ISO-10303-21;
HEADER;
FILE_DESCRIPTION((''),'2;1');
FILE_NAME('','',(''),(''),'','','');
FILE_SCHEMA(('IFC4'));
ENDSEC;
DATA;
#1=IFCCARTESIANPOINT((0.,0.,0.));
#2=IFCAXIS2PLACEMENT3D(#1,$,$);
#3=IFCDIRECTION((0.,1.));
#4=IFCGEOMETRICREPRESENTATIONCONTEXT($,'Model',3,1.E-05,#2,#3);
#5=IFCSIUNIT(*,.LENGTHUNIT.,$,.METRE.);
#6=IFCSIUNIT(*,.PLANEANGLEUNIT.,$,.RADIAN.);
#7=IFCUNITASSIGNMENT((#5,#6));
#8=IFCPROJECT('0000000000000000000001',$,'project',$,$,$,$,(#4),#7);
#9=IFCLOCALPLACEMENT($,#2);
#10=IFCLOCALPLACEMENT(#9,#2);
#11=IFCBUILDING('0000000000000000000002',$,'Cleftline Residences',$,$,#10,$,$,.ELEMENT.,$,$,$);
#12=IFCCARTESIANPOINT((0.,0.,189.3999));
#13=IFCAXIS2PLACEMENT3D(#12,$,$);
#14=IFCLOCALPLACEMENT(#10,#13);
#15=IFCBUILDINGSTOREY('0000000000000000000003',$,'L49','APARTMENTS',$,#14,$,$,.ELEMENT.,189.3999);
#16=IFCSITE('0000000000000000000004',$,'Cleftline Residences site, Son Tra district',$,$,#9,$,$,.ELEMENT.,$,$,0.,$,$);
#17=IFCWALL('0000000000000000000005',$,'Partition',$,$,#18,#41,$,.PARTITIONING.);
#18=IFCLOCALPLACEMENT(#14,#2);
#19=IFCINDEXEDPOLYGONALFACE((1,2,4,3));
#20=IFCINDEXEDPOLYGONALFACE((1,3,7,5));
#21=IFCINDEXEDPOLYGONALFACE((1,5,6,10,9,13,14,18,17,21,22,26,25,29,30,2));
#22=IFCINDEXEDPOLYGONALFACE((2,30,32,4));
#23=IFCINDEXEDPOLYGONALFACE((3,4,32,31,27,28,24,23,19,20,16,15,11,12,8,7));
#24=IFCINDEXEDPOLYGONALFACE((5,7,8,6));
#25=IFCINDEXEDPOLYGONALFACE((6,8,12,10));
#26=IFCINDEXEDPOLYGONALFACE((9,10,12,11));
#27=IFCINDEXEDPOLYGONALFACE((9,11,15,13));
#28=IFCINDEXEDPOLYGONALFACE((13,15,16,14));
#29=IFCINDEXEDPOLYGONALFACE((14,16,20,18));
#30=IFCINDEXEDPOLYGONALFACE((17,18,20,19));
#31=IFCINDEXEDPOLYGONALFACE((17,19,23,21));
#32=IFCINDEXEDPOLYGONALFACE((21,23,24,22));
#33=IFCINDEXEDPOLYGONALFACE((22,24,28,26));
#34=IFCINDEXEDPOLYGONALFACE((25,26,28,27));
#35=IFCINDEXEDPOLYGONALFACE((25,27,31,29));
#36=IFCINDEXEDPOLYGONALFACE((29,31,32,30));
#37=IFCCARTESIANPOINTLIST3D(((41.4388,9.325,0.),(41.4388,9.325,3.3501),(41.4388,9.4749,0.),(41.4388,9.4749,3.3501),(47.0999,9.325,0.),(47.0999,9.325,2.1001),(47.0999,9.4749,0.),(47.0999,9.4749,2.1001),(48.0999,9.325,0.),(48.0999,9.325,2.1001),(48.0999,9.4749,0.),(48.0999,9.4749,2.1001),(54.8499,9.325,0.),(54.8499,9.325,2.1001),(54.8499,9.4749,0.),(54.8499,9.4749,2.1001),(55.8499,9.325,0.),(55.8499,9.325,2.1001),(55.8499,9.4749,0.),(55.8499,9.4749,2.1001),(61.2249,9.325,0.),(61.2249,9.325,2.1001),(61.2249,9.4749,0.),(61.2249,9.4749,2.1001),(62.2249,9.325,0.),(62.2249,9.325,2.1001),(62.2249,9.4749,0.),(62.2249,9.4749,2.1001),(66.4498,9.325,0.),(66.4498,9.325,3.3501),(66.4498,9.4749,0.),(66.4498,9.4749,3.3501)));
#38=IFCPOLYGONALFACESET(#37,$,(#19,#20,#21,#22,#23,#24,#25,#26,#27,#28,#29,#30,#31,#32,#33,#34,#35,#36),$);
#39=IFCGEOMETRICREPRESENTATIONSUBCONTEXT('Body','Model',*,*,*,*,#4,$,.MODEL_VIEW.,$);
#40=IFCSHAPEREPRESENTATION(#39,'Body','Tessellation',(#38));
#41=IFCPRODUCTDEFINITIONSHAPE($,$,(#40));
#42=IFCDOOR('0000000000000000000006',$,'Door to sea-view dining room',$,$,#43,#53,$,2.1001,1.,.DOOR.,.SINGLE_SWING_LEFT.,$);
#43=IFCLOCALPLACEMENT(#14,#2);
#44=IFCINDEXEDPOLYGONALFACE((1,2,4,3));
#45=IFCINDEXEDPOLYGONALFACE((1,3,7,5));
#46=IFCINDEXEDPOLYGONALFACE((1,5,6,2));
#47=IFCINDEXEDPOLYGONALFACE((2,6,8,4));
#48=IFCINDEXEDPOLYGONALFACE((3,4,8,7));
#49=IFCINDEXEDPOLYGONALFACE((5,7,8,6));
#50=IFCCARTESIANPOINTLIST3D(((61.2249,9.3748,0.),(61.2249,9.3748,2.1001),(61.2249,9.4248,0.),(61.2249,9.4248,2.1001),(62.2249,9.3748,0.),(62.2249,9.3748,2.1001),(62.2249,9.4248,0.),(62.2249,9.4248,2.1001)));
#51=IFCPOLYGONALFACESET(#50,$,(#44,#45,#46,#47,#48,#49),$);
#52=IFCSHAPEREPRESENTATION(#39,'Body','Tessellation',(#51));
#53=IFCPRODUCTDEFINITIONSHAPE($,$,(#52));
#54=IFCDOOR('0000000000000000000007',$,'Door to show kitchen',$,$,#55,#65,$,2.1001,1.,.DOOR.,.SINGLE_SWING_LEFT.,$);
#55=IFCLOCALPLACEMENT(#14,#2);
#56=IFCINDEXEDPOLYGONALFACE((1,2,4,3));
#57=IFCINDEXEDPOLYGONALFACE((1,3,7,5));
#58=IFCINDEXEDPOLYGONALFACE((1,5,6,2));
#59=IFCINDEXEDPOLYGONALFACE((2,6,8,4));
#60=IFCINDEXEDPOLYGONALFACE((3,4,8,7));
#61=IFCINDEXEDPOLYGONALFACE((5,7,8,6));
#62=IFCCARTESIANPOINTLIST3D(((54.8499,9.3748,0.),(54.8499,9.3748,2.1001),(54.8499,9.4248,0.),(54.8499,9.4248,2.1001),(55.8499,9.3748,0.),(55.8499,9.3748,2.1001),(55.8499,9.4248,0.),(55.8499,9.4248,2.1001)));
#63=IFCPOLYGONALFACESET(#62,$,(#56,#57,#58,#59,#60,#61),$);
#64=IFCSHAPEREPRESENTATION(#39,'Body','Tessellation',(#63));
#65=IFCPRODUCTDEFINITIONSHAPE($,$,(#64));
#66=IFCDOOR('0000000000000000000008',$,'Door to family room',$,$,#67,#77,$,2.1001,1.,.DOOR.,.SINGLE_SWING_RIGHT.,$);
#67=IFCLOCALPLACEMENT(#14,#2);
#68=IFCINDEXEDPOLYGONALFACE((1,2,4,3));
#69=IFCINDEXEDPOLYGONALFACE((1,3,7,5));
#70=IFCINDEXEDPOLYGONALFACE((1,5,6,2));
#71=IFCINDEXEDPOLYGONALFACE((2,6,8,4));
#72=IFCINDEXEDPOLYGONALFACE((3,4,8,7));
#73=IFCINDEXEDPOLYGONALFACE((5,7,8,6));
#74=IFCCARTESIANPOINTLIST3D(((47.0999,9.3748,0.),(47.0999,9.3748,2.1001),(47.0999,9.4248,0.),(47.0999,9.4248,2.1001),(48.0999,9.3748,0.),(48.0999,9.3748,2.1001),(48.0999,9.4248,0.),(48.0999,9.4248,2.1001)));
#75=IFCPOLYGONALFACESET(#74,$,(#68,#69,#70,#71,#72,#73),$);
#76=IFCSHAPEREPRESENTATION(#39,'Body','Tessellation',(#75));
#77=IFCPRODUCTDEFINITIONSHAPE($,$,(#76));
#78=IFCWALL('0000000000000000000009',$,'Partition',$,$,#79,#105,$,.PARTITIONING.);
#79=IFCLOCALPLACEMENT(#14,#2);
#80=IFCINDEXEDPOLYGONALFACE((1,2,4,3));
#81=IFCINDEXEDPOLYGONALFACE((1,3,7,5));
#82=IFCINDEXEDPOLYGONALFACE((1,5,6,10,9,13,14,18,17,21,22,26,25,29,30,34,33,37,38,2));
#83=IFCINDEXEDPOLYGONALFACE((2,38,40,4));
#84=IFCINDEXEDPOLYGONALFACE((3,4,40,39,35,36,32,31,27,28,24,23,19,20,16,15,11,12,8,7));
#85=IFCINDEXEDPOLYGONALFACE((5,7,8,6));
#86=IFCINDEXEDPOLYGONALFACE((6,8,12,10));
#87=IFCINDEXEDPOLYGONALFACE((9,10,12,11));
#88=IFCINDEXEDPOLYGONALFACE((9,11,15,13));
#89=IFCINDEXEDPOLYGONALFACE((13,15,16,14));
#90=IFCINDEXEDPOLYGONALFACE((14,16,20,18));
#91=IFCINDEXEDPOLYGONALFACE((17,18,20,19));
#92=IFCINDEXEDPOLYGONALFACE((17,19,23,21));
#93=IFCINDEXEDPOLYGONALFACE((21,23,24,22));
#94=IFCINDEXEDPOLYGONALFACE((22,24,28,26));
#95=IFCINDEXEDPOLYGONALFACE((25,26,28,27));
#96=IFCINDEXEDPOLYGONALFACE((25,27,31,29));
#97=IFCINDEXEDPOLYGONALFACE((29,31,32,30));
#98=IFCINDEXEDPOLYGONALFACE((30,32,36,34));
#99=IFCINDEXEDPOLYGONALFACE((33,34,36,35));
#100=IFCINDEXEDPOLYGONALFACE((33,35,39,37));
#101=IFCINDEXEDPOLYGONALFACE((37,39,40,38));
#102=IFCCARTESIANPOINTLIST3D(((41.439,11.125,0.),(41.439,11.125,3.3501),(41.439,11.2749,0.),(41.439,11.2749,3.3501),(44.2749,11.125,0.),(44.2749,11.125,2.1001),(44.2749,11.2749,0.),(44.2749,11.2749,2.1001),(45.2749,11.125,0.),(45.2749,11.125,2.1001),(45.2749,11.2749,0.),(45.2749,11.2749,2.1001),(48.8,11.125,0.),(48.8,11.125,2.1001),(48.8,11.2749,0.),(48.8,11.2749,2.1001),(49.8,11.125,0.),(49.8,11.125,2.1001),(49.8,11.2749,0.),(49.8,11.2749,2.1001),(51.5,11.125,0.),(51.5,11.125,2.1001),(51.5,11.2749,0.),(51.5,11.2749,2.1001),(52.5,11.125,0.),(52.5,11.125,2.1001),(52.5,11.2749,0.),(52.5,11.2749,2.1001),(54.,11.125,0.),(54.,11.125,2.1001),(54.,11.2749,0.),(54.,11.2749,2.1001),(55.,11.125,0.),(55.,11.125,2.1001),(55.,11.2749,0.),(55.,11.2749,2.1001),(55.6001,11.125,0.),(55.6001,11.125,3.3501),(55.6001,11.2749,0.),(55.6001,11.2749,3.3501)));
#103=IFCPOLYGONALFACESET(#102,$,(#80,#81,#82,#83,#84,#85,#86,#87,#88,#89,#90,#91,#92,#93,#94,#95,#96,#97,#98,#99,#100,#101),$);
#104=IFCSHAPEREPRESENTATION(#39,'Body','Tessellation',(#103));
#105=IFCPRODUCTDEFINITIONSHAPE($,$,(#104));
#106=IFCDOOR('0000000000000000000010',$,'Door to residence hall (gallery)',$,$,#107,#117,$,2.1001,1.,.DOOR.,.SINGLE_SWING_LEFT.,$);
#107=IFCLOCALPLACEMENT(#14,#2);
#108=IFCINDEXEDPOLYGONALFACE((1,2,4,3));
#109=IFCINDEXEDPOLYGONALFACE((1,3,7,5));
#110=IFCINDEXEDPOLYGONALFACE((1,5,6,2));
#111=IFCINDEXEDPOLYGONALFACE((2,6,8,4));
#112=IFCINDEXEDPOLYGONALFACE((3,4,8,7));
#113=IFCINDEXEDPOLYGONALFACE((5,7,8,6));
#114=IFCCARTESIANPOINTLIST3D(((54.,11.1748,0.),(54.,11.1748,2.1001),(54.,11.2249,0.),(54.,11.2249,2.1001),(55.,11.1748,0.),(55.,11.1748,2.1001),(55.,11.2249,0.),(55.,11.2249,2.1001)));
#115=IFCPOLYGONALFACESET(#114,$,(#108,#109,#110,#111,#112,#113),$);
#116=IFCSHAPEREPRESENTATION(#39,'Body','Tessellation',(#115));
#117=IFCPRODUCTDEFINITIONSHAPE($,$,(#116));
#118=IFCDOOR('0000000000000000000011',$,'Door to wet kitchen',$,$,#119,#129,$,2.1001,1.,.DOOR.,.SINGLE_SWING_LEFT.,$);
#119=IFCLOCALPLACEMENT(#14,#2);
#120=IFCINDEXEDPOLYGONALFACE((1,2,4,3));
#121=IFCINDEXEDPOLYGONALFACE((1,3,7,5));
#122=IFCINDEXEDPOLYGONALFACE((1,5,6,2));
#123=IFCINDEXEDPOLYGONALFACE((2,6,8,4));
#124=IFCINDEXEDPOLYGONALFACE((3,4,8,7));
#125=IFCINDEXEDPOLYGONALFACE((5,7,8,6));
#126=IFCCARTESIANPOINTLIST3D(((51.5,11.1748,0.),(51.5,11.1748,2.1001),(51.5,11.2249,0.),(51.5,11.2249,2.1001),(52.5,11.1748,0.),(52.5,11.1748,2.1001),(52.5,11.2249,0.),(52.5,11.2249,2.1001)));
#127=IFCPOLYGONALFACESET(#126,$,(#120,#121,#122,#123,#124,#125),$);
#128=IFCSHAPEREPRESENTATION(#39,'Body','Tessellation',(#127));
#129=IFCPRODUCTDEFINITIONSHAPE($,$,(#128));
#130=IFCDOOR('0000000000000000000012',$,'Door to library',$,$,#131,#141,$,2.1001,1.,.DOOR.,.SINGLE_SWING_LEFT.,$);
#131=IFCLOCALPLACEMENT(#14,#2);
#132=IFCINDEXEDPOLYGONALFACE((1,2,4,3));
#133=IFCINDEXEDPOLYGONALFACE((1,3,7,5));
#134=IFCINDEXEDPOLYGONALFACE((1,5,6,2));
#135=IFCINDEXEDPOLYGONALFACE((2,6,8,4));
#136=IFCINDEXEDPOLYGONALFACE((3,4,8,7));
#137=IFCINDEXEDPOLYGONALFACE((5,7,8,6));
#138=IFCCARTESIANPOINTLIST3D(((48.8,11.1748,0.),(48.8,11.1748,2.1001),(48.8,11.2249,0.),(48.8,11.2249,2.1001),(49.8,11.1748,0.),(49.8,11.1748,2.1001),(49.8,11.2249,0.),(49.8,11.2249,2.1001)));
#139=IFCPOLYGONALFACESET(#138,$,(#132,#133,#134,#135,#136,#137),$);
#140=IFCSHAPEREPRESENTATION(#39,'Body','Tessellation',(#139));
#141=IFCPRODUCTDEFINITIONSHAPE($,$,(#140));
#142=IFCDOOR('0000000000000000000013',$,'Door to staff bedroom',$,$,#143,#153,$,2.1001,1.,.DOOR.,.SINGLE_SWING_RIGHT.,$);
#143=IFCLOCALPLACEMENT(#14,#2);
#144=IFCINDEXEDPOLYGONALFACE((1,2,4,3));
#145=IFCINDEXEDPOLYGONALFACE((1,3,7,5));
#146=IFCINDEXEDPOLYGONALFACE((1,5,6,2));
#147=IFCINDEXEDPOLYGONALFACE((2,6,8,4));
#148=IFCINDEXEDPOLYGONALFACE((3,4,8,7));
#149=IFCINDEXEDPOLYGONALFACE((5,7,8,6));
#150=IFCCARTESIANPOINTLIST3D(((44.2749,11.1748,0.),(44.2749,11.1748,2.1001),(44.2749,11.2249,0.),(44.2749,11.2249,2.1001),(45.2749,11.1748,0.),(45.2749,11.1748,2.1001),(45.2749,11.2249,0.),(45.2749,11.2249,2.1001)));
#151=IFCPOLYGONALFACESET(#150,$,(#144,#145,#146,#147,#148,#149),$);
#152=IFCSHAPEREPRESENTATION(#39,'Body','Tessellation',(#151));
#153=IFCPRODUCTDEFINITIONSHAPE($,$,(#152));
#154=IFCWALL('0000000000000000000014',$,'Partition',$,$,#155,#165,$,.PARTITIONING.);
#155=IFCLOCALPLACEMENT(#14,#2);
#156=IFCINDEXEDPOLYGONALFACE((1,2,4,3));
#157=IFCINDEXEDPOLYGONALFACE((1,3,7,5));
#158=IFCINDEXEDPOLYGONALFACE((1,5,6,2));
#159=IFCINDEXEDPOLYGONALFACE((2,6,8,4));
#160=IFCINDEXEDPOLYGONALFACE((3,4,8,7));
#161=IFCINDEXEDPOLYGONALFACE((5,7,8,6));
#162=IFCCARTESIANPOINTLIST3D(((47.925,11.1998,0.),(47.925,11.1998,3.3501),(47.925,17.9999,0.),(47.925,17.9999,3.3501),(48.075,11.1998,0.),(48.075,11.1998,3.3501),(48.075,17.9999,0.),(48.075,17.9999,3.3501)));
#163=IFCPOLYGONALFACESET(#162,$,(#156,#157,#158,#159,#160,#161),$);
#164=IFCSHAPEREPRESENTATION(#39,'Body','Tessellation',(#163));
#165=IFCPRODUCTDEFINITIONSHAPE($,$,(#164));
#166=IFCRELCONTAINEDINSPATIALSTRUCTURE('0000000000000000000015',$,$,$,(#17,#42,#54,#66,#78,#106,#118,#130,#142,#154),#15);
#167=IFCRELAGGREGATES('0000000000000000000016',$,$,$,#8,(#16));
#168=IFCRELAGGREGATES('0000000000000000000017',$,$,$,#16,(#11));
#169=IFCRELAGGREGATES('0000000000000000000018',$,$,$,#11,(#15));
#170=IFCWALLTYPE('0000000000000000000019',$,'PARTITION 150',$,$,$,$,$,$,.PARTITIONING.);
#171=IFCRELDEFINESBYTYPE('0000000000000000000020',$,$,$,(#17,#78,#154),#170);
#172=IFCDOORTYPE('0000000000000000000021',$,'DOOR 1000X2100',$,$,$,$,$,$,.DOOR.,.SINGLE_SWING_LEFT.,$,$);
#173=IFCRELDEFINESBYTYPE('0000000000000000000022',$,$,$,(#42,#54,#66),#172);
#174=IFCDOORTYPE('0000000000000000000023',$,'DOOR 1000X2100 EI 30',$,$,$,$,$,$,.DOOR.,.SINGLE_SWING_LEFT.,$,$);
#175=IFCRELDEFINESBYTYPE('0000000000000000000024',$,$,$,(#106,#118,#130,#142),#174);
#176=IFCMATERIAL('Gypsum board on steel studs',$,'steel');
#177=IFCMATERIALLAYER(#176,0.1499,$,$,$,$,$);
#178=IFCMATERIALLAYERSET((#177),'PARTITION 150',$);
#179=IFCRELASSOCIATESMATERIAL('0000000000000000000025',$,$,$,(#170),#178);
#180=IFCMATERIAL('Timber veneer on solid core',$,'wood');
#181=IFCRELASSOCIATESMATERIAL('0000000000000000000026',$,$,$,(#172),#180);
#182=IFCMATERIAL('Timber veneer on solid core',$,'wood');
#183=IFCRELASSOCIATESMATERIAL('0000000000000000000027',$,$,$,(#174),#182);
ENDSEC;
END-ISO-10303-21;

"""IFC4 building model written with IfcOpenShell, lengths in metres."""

from ifc_helpers import new_model, si_unit, direction, frame, frame_2d, origin, place, context, subcontext, project, spatial, rectangle, extrude, material, layer, layer_set, type_object, element, fill, save


model = new_model("IFC4")

# Units and contexts
model_context = context("Model", 3, precision=1e-05, world=origin(), true_north=direction((0.0, 1.0)))
body_context = subcontext(model_context, "Body", "Model", "MODEL_VIEW")
ifc_project = project(units=[si_unit("LENGTHUNIT", "METRE"), si_unit("PLANEANGLEUNIT", "RADIAN")], contexts=[model_context])

# Site, building, storey
site_placement = place(None, origin())
site = spatial("IfcSite", under=ifc_project, at=site_placement, Name="Cleftline Residences site, Son Tra district", CompositionType="ELEMENT", RefElevation=0.0)
building_placement = place(site_placement, origin())
building = spatial("IfcBuilding", under=site, at=building_placement, Name="Cleftline Residences", CompositionType="ELEMENT")
storey_placement = place(building_placement, frame((0.0, 0.0, 189.3999)))
storey = spatial("IfcBuildingStorey", under=building, at=storey_placement, Name="L49", Description="APARTMENTS", CompositionType="ELEMENT", Elevation=189.3999)

# Walls, openings, doors
ifc_material_1 = material(Name="Gypsum board on steel studs", Category="steel")
ifc_layer_1 = layer(ifc_material_1, 0.1499)
ifc_layer_set_1 = layer_set([ifc_layer_1], Name="PARTITION 150")
wall_type = type_object("IfcWallType", Name="PARTITION 150", PredefinedType="PARTITIONING", material=ifc_layer_set_1)
wall_1_placement = place(storey_placement, frame((41.439, 9.3999, 0.0), z_axis=(0.0, 0.0, 1.0), x_axis=(1.0, 0.0, 0.0)))
wall_1 = element("IfcWall", 1, at=wall_1_placement, inside=storey, type_object=wall_type, Name="Partition", PredefinedType="PARTITIONING", context=body_context, shape_type="SweptSolid", body=[
    extrude(rectangle(XDim=25.011, YDim=0.1499, at=frame_2d((12.5054, 0.0))), origin(), (0.0, 0.0, 1.0), 3.3501),
])
opening_1_placement = place(wall_1_placement, frame((19.7859, 0.0, 0.0)))
opening_1 = element("IfcOpeningElement", 2, at=opening_1_placement, cuts=wall_1, PredefinedType="OPENING", context=body_context, shape_type="SweptSolid", body=[
    extrude(rectangle(XDim=1.0, YDim=2.1001, at=frame_2d((0.5, 1.05))), frame((0.0, 0.085, 0.0), z_axis=(0.0, -1.0, 0.0), x_axis=(1.0, 0.0, 0.0)), (0.0, 0.0, 1.0), 0.1699),
])
opening_2_placement = place(wall_1_placement, frame((13.4109, 0.0, 0.0)))
opening_2 = element("IfcOpeningElement", 3, at=opening_2_placement, cuts=wall_1, PredefinedType="OPENING", context=body_context, shape_type="SweptSolid", body=[
    extrude(rectangle(XDim=1.0, YDim=2.1001, at=frame_2d((0.5, 1.05))), frame((0.0, 0.085, 0.0), z_axis=(0.0, -1.0, 0.0), x_axis=(1.0, 0.0, 0.0)), (0.0, 0.0, 1.0), 0.1699),
])
opening_3_placement = place(wall_1_placement, frame((5.6609, 0.0, 0.0)))
opening_3 = element("IfcOpeningElement", 4, at=opening_3_placement, cuts=wall_1, PredefinedType="OPENING", context=body_context, shape_type="SweptSolid", body=[
    extrude(rectangle(XDim=1.0, YDim=2.1001, at=frame_2d((0.5, 1.05))), frame((0.0, 0.085, 0.0), z_axis=(0.0, -1.0, 0.0), x_axis=(1.0, 0.0, 0.0)), (0.0, 0.0, 1.0), 0.1699),
])
ifc_material_2 = material(Name="Timber veneer on solid core", Category="wood")
door_type_1 = type_object("IfcDoorType", Name="DOOR 1000X2100", OperationType="SINGLE_SWING_LEFT", PredefinedType="DOOR", material=ifc_material_2)
door_1_placement = place(opening_1_placement, origin())
door_1 = element("IfcDoor", 5, at=door_1_placement, inside=storey, type_object=door_type_1, Name="Door to sea-view dining room", OperationType="SINGLE_SWING_LEFT", OverallHeight=2.1001, OverallWidth=1.0, PredefinedType="DOOR", context=body_context, shape_type="SweptSolid", body=[
    extrude(rectangle(XDim=1.0, YDim=2.1001, at=frame_2d((0.5, 1.05))), frame((0.0, 0.0249, 0.0), z_axis=(0.0, -1.0, 0.0), x_axis=(1.0, 0.0, 0.0)), (0.0, 0.0, 1.0), 0.05),
])
fill(opening_1, door_1)
door_2_placement = place(opening_2_placement, origin())
door_2 = element("IfcDoor", 6, at=door_2_placement, inside=storey, type_object=door_type_1, Name="Door to show kitchen", OperationType="SINGLE_SWING_LEFT", OverallHeight=2.1001, OverallWidth=1.0, PredefinedType="DOOR", context=body_context, shape_type="SweptSolid", body=[
    extrude(rectangle(XDim=1.0, YDim=2.1001, at=frame_2d((0.5, 1.05))), frame((0.0, 0.0249, 0.0), z_axis=(0.0, -1.0, 0.0), x_axis=(1.0, 0.0, 0.0)), (0.0, 0.0, 1.0), 0.05),
])
fill(opening_2, door_2)
door_3_placement = place(opening_3_placement, origin())
door_3 = element("IfcDoor", 7, at=door_3_placement, inside=storey, type_object=door_type_1, Name="Door to family room", OperationType="SINGLE_SWING_RIGHT", OverallHeight=2.1001, OverallWidth=1.0, PredefinedType="DOOR", context=body_context, shape_type="SweptSolid", body=[
    extrude(rectangle(XDim=1.0, YDim=2.1001, at=frame_2d((0.5, 1.05))), frame((0.0, 0.0249, 0.0), z_axis=(0.0, -1.0, 0.0), x_axis=(1.0, 0.0, 0.0)), (0.0, 0.0, 1.0), 0.05),
])
fill(opening_3, door_3)
wall_2_placement = place(storey_placement, frame((41.439, 11.2, 0.0), z_axis=(0.0, 0.0, 1.0), x_axis=(1.0, 0.0, 0.0)))
wall_2 = element("IfcWall", 8, at=wall_2_placement, inside=storey, type_object=wall_type, Name="Partition", PredefinedType="PARTITIONING", context=body_context, shape_type="SweptSolid", body=[
    extrude(rectangle(XDim=14.1611, YDim=0.1499, at=frame_2d((7.0806, 0.0))), origin(), (0.0, 0.0, 1.0), 3.3501),
])
opening_4_placement = place(wall_2_placement, frame((12.561, 0.0, 0.0)))
opening_4 = element("IfcOpeningElement", 9, at=opening_4_placement, cuts=wall_2, PredefinedType="OPENING", context=body_context, shape_type="SweptSolid", body=[
    extrude(rectangle(XDim=1.0, YDim=2.1001, at=frame_2d((0.5, 1.05))), frame((0.0, 0.085, 0.0), z_axis=(0.0, -1.0, 0.0), x_axis=(1.0, 0.0, 0.0)), (0.0, 0.0, 1.0), 0.1699),
])
opening_5_placement = place(wall_2_placement, frame((10.061, 0.0, 0.0)))
opening_5 = element("IfcOpeningElement", 10, at=opening_5_placement, cuts=wall_2, PredefinedType="OPENING", context=body_context, shape_type="SweptSolid", body=[
    extrude(rectangle(XDim=1.0, YDim=2.1001, at=frame_2d((0.5, 1.05))), frame((0.0, 0.085, 0.0), z_axis=(0.0, -1.0, 0.0), x_axis=(1.0, 0.0, 0.0)), (0.0, 0.0, 1.0), 0.1699),
])
opening_6_placement = place(wall_2_placement, frame((7.3611, 0.0, 0.0)))
opening_6 = element("IfcOpeningElement", 11, at=opening_6_placement, cuts=wall_2, PredefinedType="OPENING", context=body_context, shape_type="SweptSolid", body=[
    extrude(rectangle(XDim=1.0, YDim=2.1001, at=frame_2d((0.5, 1.05))), frame((0.0, 0.085, 0.0), z_axis=(0.0, -1.0, 0.0), x_axis=(1.0, 0.0, 0.0)), (0.0, 0.0, 1.0), 0.1699),
])
opening_7_placement = place(wall_2_placement, frame((2.8359, 0.0, 0.0)))
opening_7 = element("IfcOpeningElement", 12, at=opening_7_placement, cuts=wall_2, PredefinedType="OPENING", context=body_context, shape_type="SweptSolid", body=[
    extrude(rectangle(XDim=1.0, YDim=2.1001, at=frame_2d((0.5, 1.05))), frame((0.0, 0.085, 0.0), z_axis=(0.0, -1.0, 0.0), x_axis=(1.0, 0.0, 0.0)), (0.0, 0.0, 1.0), 0.1699),
])
ifc_material_3 = material(Name="Timber veneer on solid core", Category="wood")
door_type_2 = type_object("IfcDoorType", Name="DOOR 1000X2100 EI 30", OperationType="SINGLE_SWING_LEFT", PredefinedType="DOOR", material=ifc_material_3)
door_4_placement = place(opening_4_placement, origin())
door_4 = element("IfcDoor", 13, at=door_4_placement, inside=storey, type_object=door_type_2, Name="Door to residence hall (gallery)", OperationType="SINGLE_SWING_LEFT", OverallHeight=2.1001, OverallWidth=1.0, PredefinedType="DOOR", context=body_context, shape_type="SweptSolid", body=[
    extrude(rectangle(XDim=1.0, YDim=2.1001, at=frame_2d((0.5, 1.05))), frame((0.0, 0.0249, 0.0), z_axis=(0.0, -1.0, 0.0), x_axis=(1.0, 0.0, 0.0)), (0.0, 0.0, 1.0), 0.05),
])
fill(opening_4, door_4)
door_5_placement = place(opening_5_placement, origin())
door_5 = element("IfcDoor", 14, at=door_5_placement, inside=storey, type_object=door_type_2, Name="Door to wet kitchen", OperationType="SINGLE_SWING_LEFT", OverallHeight=2.1001, OverallWidth=1.0, PredefinedType="DOOR", context=body_context, shape_type="SweptSolid", body=[
    extrude(rectangle(XDim=1.0, YDim=2.1001, at=frame_2d((0.5, 1.05))), frame((0.0, 0.0249, 0.0), z_axis=(0.0, -1.0, 0.0), x_axis=(1.0, 0.0, 0.0)), (0.0, 0.0, 1.0), 0.05),
])
fill(opening_5, door_5)
door_6_placement = place(opening_6_placement, origin())
door_6 = element("IfcDoor", 15, at=door_6_placement, inside=storey, type_object=door_type_2, Name="Door to library", OperationType="SINGLE_SWING_LEFT", OverallHeight=2.1001, OverallWidth=1.0, PredefinedType="DOOR", context=body_context, shape_type="SweptSolid", body=[
    extrude(rectangle(XDim=1.0, YDim=2.1001, at=frame_2d((0.5, 1.05))), frame((0.0, 0.0249, 0.0), z_axis=(0.0, -1.0, 0.0), x_axis=(1.0, 0.0, 0.0)), (0.0, 0.0, 1.0), 0.05),
])
fill(opening_6, door_6)
door_7_placement = place(opening_7_placement, origin())
door_7 = element("IfcDoor", 16, at=door_7_placement, inside=storey, type_object=door_type_2, Name="Door to staff bedroom", OperationType="SINGLE_SWING_RIGHT", OverallHeight=2.1001, OverallWidth=1.0, PredefinedType="DOOR", context=body_context, shape_type="SweptSolid", body=[
    extrude(rectangle(XDim=1.0, YDim=2.1001, at=frame_2d((0.5, 1.05))), frame((0.0, 0.0249, 0.0), z_axis=(0.0, -1.0, 0.0), x_axis=(1.0, 0.0, 0.0)), (0.0, 0.0, 1.0), 0.05),
])
fill(opening_7, door_7)

# Wall
wall_3_placement = place(storey_placement, frame((48.0, 11.2, 0.0), z_axis=(0.0, 0.0, 1.0), x_axis=(0.0, 1.0, 0.0)))
element("IfcWall", 17, at=wall_3_placement, inside=storey, type_object=wall_type, Name="Partition", PredefinedType="PARTITIONING", context=body_context, shape_type="SweptSolid", body=[
    extrude(rectangle(XDim=6.8, YDim=0.1499, at=frame_2d((3.3999, 0.0))), origin(), (0.0, 0.0, 1.0), 3.3501),
])

save(model, "model.ifc")
